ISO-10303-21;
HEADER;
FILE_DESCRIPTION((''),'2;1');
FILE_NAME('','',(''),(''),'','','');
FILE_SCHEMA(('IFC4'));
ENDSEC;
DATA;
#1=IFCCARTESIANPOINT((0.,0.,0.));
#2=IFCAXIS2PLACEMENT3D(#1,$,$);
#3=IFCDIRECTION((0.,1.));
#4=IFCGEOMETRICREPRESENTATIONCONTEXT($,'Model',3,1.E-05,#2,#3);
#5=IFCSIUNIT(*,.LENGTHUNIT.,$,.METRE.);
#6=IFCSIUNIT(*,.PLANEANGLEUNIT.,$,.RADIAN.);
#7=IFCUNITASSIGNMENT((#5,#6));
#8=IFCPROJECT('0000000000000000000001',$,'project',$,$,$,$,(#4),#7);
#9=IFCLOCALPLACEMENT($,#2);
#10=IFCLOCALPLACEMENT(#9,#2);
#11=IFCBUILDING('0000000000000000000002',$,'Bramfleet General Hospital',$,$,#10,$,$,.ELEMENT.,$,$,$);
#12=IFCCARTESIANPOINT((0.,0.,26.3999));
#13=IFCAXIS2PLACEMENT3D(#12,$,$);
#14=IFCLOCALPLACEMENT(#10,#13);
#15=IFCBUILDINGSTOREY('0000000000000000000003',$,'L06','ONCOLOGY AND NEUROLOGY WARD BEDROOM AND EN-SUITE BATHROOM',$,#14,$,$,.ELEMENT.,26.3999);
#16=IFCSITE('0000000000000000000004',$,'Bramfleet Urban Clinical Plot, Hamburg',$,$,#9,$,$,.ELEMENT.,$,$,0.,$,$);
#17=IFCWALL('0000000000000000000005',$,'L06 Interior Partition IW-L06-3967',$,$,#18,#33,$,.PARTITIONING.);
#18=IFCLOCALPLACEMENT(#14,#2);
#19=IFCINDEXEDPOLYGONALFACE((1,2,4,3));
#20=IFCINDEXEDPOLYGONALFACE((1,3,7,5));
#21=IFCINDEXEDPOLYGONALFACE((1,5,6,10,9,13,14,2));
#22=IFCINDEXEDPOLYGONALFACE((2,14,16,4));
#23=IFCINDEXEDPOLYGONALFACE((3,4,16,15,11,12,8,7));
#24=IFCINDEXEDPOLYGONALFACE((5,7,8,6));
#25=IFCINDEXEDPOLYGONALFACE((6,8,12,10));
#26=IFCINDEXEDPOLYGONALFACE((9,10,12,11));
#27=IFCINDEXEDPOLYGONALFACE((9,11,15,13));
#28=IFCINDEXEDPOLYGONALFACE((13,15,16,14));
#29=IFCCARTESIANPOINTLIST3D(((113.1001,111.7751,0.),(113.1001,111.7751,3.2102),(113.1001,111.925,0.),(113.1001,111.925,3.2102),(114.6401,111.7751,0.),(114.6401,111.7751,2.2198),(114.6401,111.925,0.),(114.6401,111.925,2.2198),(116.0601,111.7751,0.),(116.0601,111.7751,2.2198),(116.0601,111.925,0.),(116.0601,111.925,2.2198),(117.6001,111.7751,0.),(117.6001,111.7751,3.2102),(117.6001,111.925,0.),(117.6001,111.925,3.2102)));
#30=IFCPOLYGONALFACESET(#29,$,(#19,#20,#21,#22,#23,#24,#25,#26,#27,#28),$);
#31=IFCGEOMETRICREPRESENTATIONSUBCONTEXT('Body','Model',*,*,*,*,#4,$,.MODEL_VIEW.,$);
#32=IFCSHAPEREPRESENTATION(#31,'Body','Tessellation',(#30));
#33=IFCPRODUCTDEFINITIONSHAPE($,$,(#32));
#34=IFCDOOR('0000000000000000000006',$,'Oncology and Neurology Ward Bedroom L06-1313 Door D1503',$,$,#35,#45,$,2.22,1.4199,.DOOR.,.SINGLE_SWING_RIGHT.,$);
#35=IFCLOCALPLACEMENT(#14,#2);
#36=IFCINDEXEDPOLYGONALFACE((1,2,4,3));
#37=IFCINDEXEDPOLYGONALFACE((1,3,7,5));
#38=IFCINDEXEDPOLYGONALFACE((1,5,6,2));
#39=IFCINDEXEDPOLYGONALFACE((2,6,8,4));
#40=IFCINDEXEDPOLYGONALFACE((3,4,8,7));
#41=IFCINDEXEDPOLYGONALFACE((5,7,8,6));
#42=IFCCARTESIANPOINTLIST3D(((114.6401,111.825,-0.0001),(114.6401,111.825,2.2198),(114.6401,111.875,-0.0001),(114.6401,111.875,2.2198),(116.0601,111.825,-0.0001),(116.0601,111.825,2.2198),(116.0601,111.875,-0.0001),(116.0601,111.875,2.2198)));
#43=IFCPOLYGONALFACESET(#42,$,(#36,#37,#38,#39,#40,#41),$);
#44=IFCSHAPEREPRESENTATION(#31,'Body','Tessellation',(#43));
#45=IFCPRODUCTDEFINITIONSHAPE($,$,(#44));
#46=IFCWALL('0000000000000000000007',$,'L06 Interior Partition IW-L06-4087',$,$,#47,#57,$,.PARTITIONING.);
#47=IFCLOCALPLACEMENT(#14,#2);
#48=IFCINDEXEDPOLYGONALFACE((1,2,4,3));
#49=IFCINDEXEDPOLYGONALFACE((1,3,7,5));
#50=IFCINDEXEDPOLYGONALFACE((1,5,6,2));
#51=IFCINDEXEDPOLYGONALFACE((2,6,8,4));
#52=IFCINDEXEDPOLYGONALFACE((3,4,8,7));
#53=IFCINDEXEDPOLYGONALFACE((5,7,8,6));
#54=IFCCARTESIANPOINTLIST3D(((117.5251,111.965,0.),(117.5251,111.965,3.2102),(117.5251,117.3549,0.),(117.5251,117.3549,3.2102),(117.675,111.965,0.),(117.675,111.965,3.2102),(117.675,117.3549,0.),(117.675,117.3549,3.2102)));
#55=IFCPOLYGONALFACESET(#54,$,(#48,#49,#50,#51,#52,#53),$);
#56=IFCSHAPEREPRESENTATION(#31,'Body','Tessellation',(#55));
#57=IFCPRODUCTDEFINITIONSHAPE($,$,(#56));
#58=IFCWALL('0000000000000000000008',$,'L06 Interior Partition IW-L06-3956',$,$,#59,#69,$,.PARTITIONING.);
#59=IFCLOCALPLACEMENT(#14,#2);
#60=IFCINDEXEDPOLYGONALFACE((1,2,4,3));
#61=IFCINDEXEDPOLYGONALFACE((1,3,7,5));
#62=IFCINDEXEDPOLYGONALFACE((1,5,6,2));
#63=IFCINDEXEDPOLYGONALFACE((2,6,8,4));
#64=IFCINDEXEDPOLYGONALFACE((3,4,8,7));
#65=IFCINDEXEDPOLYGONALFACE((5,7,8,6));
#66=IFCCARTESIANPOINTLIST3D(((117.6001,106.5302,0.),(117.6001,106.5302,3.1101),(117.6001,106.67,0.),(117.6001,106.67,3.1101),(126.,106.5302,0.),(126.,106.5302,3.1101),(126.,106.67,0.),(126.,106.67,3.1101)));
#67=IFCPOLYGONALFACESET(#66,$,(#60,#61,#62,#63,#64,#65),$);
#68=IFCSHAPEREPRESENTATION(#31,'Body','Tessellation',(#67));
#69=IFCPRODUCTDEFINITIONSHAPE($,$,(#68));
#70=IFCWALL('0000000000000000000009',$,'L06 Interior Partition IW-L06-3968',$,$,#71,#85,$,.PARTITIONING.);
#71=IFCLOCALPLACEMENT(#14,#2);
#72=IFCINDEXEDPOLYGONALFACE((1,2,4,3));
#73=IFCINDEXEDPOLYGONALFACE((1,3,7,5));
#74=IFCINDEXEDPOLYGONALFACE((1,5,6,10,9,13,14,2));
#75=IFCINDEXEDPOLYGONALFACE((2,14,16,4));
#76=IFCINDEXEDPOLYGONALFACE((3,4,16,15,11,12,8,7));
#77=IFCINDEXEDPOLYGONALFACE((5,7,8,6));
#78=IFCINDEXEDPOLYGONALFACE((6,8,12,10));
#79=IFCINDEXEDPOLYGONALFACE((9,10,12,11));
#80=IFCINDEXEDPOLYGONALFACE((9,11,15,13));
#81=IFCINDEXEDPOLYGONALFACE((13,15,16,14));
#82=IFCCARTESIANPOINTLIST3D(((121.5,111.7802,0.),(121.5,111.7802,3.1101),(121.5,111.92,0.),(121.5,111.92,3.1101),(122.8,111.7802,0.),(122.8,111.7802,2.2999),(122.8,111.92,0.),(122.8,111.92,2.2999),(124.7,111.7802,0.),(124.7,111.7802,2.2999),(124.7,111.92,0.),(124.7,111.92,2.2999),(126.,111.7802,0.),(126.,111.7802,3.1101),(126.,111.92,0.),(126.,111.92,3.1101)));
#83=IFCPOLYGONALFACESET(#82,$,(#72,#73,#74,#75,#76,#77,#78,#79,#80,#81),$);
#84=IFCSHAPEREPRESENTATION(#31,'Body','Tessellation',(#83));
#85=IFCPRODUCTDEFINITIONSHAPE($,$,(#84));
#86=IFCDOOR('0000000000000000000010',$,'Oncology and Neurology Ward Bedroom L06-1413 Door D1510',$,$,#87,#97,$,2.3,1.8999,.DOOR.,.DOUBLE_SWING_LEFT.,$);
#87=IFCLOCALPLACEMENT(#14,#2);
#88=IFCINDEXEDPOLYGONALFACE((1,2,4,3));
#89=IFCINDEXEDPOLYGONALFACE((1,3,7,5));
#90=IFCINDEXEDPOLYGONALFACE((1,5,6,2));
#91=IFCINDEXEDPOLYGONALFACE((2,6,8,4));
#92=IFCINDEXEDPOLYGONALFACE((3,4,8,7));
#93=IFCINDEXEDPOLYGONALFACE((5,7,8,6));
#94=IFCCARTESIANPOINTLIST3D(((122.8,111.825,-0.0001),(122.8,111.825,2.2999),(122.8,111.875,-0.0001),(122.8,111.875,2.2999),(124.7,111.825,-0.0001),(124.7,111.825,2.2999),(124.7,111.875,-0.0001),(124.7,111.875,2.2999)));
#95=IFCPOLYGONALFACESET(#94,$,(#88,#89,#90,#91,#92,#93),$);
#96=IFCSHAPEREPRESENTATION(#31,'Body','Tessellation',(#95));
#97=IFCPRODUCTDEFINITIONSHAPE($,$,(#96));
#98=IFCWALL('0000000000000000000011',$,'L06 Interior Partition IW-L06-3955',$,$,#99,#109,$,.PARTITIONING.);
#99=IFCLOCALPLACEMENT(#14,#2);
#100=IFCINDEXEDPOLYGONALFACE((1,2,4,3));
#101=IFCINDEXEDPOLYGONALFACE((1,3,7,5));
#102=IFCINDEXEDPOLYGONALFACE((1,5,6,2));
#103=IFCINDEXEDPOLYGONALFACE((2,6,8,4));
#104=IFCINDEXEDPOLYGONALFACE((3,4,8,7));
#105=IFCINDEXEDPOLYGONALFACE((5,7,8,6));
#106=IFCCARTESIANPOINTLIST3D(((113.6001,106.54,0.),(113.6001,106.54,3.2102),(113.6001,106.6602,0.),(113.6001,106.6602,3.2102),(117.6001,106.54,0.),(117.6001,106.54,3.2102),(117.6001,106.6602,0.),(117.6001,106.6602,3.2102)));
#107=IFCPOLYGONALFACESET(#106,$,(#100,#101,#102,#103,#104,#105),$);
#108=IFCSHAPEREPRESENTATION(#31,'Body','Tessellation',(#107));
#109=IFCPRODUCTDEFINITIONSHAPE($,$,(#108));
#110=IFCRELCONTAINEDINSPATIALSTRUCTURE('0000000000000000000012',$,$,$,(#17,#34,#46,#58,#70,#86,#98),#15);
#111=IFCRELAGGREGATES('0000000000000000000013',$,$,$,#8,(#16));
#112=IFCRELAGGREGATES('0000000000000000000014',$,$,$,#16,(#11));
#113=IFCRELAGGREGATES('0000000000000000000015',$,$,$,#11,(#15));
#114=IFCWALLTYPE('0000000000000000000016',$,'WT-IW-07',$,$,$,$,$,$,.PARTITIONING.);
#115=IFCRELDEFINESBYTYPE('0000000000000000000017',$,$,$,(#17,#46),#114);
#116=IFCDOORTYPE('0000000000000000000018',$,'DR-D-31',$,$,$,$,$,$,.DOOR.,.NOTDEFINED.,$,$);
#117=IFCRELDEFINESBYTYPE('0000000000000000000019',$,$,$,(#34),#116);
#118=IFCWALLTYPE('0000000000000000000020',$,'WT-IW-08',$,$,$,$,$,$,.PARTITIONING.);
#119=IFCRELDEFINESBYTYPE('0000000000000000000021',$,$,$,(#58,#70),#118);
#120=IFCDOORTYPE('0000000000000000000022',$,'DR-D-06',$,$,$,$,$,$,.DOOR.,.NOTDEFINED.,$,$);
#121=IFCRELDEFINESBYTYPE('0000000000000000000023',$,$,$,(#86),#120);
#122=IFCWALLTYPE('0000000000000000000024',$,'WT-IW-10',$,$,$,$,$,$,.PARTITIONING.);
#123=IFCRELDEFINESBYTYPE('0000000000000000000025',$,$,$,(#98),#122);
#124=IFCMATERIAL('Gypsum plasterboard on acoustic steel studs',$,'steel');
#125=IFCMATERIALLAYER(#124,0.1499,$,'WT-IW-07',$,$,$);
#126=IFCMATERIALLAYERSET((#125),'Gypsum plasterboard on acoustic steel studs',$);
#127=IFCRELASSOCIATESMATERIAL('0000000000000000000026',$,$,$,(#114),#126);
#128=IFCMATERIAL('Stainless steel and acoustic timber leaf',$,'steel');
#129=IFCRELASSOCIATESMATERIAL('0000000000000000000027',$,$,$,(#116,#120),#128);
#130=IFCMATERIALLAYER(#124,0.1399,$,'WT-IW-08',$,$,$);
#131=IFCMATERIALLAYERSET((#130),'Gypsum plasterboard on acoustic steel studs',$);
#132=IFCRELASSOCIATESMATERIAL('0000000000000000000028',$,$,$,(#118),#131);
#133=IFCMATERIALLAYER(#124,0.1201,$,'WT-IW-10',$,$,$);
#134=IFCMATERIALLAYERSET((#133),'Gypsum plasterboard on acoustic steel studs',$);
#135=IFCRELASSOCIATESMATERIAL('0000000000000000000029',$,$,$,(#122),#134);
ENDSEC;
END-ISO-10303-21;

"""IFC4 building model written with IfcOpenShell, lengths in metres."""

from ifc_helpers import new_model, si_unit, direction, frame, frame_2d, origin, place, context, subcontext, project, spatial, rectangle, extrude, material, layer, layer_set, type_object, element, fill, save


model = new_model("IFC4")

# Units and contexts
model_context = context("Model", 3, precision=1e-05, world=origin(), true_north=direction((0.0, 1.0)))
body_context = subcontext(model_context, "Body", "Model", "MODEL_VIEW")
ifc_project = project(units=[si_unit("LENGTHUNIT", "METRE"), si_unit("PLANEANGLEUNIT", "RADIAN")], contexts=[model_context])

# Site, building, storey
site_placement = place(None, origin())
site = spatial("IfcSite", under=ifc_project, at=site_placement, Name="Bramfleet Urban Clinical Plot, Hamburg", CompositionType="ELEMENT", RefElevation=0.0)
building_placement = place(site_placement, origin())
building = spatial("IfcBuilding", under=site, at=building_placement, Name="Bramfleet General Hospital", CompositionType="ELEMENT")
storey_placement = place(building_placement, frame((0.0, 0.0, 26.3999)))
storey = spatial("IfcBuildingStorey", under=building, at=storey_placement, Name="L06", Description="ONCOLOGY AND NEUROLOGY WARD BEDROOM AND EN-SUITE BATHROOM", CompositionType="ELEMENT", Elevation=26.3999)

# Shared definitions
ifc_material_1 = material(Name="Gypsum plasterboard on acoustic steel studs", Category="steel")

# Wall, opening, door
ifc_layer_1 = layer(ifc_material_1, 0.1499, Name="WT-IW-07")
ifc_layer_set_1 = layer_set([ifc_layer_1], Name="Gypsum plasterboard on acoustic steel studs")
wall_type_1 = type_object("IfcWallType", Name="WT-IW-07", PredefinedType="PARTITIONING", material=ifc_layer_set_1)
wall_1_placement = place(storey_placement, frame((113.1001, 111.8501, 0.0), z_axis=(0.0, 0.0, 1.0), x_axis=(1.0, 0.0, 0.0)))
wall_1 = element("IfcWall", 1, at=wall_1_placement, inside=storey, type_object=wall_type_1, Name="L06 Interior Partition IW-L06-3967", PredefinedType="PARTITIONING", context=body_context, shape_type="SweptSolid", body=[
    extrude(rectangle(XDim=4.5, YDim=0.1499, at=frame_2d((2.25, 0.0))), origin(), (0.0, 0.0, 1.0), 3.2102),
])
opening_1_placement = place(wall_1_placement, frame((1.54, 0.0, 0.0)))
opening_1 = element("IfcOpeningElement", 2, at=opening_1_placement, cuts=wall_1, PredefinedType="OPENING", context=body_context, shape_type="SweptSolid", body=[
    extrude(rectangle(XDim=1.4199, YDim=2.22, at=frame_2d((0.71, 1.1099))), frame((0.0, 0.085, 0.0), z_axis=(0.0, -1.0, 0.0), x_axis=(1.0, 0.0, 0.0)), (0.0, 0.0, 1.0), 0.1699),
])
ifc_material_2 = material(Name="Stainless steel and acoustic timber leaf", Category="steel")
door_type_1 = type_object("IfcDoorType", Name="DR-D-31", OperationType="NOTDEFINED", PredefinedType="DOOR", material=ifc_material_2)
door_1_placement = place(opening_1_placement, origin())
door_1 = element("IfcDoor", 3, at=door_1_placement, inside=storey, type_object=door_type_1, Name="Oncology and Neurology Ward Bedroom L06-1313 Door D1503", OperationType="SINGLE_SWING_RIGHT", OverallHeight=2.22, OverallWidth=1.4199, PredefinedType="DOOR", context=body_context, shape_type="SweptSolid", body=[
    extrude(rectangle(XDim=1.4199, YDim=2.22, at=frame_2d((0.71, 1.1099))), frame((0.0, 0.0249, 0.0), z_axis=(0.0, -1.0, 0.0), x_axis=(1.0, 0.0, 0.0)), (0.0, 0.0, 1.0), 0.05),
])
fill(opening_1, door_1)

# Walls
wall_2_placement = place(storey_placement, frame((117.6001, 111.9651, 0.0), z_axis=(0.0, 0.0, 1.0), x_axis=(0.0, 1.0, 0.0)))
element("IfcWall", 4, at=wall_2_placement, inside=storey, type_object=wall_type_1, Name="L06 Interior Partition IW-L06-4087", PredefinedType="PARTITIONING", context=body_context, shape_type="SweptSolid", body=[
    extrude(rectangle(XDim=5.3899, YDim=0.1499, at=frame_2d((2.6948, 0.0))), origin(), (0.0, 0.0, 1.0), 3.2102),
])
ifc_layer_2 = layer(ifc_material_1, 0.1399, Name="WT-IW-08")
ifc_layer_set_2 = layer_set([ifc_layer_2], Name="Gypsum plasterboard on acoustic steel studs")
wall_type_2 = type_object("IfcWallType", Name="WT-IW-08", PredefinedType="PARTITIONING", material=ifc_layer_set_2)
wall_3_placement = place(storey_placement, frame((117.6001, 106.6001, 0.0), z_axis=(0.0, 0.0, 1.0), x_axis=(1.0, 0.0, 0.0)))
element("IfcWall", 5, at=wall_3_placement, inside=storey, type_object=wall_type_2, Name="L06 Interior Partition IW-L06-3956", PredefinedType="PARTITIONING", context=body_context, shape_type="SweptSolid", body=[
    extrude(rectangle(XDim=8.3999, YDim=0.1399, at=frame_2d((4.2, 0.0))), origin(), (0.0, 0.0, 1.0), 3.1101),
])

# Wall, opening, door
wall_4_placement = place(storey_placement, frame((121.5, 111.8501, 0.0), z_axis=(0.0, 0.0, 1.0), x_axis=(1.0, 0.0, 0.0)))
wall_4 = element("IfcWall", 6, at=wall_4_placement, inside=storey, type_object=wall_type_2, Name="L06 Interior Partition IW-L06-3968", PredefinedType="PARTITIONING", context=body_context, shape_type="SweptSolid", body=[
    extrude(rectangle(XDim=4.5, YDim=0.1399, at=frame_2d((2.25, 0.0))), origin(), (0.0, 0.0, 1.0), 3.1101),
])
opening_2_placement = place(wall_4_placement, frame((1.3, 0.0, 0.0)))
opening_2 = element("IfcOpeningElement", 7, at=opening_2_placement, cuts=wall_4, PredefinedType="OPENING", context=body_context, shape_type="SweptSolid", body=[
    extrude(rectangle(XDim=1.8999, YDim=2.3, at=frame_2d((0.95, 1.1499))), frame((0.0, 0.0798, 0.0), z_axis=(0.0, -1.0, 0.0), x_axis=(1.0, 0.0, 0.0)), (0.0, 0.0, 1.0), 0.1599),
])
door_type_2 = type_object("IfcDoorType", Name="DR-D-06", OperationType="NOTDEFINED", PredefinedType="DOOR", material=ifc_material_2)
door_2_placement = place(opening_2_placement, origin())
door_2 = element("IfcDoor", 8, at=door_2_placement, inside=storey, type_object=door_type_2, Name="Oncology and Neurology Ward Bedroom L06-1413 Door D1510", OperationType="DOUBLE_SWING_LEFT", OverallHeight=2.3, OverallWidth=1.8999, PredefinedType="DOOR", context=body_context, shape_type="SweptSolid", body=[
    extrude(rectangle(XDim=1.8999, YDim=2.3, at=frame_2d((0.95, 1.1499))), frame((0.0, 0.0249, 0.0), z_axis=(0.0, -1.0, 0.0), x_axis=(1.0, 0.0, 0.0)), (0.0, 0.0, 1.0), 0.05),
])
fill(opening_2, door_2)

# Wall
ifc_layer_3 = layer(ifc_material_1, 0.1201, Name="WT-IW-10")
ifc_layer_set_3 = layer_set([ifc_layer_3], Name="Gypsum plasterboard on acoustic steel studs")
wall_type_3 = type_object("IfcWallType", Name="WT-IW-10", PredefinedType="PARTITIONING", material=ifc_layer_set_3)
wall_5_placement = place(storey_placement, frame((113.6001, 106.6001, 0.0), z_axis=(0.0, 0.0, 1.0), x_axis=(1.0, 0.0, 0.0)))
element("IfcWall", 9, at=wall_5_placement, inside=storey, type_object=wall_type_3, Name="L06 Interior Partition IW-L06-3955", PredefinedType="PARTITIONING", context=body_context, shape_type="SweptSolid", body=[
    extrude(rectangle(XDim=4.0, YDim=0.1201, at=frame_2d((2.0, 0.0))), origin(), (0.0, 0.0, 1.0), 3.2102),
])

save(model, "model.ifc")
